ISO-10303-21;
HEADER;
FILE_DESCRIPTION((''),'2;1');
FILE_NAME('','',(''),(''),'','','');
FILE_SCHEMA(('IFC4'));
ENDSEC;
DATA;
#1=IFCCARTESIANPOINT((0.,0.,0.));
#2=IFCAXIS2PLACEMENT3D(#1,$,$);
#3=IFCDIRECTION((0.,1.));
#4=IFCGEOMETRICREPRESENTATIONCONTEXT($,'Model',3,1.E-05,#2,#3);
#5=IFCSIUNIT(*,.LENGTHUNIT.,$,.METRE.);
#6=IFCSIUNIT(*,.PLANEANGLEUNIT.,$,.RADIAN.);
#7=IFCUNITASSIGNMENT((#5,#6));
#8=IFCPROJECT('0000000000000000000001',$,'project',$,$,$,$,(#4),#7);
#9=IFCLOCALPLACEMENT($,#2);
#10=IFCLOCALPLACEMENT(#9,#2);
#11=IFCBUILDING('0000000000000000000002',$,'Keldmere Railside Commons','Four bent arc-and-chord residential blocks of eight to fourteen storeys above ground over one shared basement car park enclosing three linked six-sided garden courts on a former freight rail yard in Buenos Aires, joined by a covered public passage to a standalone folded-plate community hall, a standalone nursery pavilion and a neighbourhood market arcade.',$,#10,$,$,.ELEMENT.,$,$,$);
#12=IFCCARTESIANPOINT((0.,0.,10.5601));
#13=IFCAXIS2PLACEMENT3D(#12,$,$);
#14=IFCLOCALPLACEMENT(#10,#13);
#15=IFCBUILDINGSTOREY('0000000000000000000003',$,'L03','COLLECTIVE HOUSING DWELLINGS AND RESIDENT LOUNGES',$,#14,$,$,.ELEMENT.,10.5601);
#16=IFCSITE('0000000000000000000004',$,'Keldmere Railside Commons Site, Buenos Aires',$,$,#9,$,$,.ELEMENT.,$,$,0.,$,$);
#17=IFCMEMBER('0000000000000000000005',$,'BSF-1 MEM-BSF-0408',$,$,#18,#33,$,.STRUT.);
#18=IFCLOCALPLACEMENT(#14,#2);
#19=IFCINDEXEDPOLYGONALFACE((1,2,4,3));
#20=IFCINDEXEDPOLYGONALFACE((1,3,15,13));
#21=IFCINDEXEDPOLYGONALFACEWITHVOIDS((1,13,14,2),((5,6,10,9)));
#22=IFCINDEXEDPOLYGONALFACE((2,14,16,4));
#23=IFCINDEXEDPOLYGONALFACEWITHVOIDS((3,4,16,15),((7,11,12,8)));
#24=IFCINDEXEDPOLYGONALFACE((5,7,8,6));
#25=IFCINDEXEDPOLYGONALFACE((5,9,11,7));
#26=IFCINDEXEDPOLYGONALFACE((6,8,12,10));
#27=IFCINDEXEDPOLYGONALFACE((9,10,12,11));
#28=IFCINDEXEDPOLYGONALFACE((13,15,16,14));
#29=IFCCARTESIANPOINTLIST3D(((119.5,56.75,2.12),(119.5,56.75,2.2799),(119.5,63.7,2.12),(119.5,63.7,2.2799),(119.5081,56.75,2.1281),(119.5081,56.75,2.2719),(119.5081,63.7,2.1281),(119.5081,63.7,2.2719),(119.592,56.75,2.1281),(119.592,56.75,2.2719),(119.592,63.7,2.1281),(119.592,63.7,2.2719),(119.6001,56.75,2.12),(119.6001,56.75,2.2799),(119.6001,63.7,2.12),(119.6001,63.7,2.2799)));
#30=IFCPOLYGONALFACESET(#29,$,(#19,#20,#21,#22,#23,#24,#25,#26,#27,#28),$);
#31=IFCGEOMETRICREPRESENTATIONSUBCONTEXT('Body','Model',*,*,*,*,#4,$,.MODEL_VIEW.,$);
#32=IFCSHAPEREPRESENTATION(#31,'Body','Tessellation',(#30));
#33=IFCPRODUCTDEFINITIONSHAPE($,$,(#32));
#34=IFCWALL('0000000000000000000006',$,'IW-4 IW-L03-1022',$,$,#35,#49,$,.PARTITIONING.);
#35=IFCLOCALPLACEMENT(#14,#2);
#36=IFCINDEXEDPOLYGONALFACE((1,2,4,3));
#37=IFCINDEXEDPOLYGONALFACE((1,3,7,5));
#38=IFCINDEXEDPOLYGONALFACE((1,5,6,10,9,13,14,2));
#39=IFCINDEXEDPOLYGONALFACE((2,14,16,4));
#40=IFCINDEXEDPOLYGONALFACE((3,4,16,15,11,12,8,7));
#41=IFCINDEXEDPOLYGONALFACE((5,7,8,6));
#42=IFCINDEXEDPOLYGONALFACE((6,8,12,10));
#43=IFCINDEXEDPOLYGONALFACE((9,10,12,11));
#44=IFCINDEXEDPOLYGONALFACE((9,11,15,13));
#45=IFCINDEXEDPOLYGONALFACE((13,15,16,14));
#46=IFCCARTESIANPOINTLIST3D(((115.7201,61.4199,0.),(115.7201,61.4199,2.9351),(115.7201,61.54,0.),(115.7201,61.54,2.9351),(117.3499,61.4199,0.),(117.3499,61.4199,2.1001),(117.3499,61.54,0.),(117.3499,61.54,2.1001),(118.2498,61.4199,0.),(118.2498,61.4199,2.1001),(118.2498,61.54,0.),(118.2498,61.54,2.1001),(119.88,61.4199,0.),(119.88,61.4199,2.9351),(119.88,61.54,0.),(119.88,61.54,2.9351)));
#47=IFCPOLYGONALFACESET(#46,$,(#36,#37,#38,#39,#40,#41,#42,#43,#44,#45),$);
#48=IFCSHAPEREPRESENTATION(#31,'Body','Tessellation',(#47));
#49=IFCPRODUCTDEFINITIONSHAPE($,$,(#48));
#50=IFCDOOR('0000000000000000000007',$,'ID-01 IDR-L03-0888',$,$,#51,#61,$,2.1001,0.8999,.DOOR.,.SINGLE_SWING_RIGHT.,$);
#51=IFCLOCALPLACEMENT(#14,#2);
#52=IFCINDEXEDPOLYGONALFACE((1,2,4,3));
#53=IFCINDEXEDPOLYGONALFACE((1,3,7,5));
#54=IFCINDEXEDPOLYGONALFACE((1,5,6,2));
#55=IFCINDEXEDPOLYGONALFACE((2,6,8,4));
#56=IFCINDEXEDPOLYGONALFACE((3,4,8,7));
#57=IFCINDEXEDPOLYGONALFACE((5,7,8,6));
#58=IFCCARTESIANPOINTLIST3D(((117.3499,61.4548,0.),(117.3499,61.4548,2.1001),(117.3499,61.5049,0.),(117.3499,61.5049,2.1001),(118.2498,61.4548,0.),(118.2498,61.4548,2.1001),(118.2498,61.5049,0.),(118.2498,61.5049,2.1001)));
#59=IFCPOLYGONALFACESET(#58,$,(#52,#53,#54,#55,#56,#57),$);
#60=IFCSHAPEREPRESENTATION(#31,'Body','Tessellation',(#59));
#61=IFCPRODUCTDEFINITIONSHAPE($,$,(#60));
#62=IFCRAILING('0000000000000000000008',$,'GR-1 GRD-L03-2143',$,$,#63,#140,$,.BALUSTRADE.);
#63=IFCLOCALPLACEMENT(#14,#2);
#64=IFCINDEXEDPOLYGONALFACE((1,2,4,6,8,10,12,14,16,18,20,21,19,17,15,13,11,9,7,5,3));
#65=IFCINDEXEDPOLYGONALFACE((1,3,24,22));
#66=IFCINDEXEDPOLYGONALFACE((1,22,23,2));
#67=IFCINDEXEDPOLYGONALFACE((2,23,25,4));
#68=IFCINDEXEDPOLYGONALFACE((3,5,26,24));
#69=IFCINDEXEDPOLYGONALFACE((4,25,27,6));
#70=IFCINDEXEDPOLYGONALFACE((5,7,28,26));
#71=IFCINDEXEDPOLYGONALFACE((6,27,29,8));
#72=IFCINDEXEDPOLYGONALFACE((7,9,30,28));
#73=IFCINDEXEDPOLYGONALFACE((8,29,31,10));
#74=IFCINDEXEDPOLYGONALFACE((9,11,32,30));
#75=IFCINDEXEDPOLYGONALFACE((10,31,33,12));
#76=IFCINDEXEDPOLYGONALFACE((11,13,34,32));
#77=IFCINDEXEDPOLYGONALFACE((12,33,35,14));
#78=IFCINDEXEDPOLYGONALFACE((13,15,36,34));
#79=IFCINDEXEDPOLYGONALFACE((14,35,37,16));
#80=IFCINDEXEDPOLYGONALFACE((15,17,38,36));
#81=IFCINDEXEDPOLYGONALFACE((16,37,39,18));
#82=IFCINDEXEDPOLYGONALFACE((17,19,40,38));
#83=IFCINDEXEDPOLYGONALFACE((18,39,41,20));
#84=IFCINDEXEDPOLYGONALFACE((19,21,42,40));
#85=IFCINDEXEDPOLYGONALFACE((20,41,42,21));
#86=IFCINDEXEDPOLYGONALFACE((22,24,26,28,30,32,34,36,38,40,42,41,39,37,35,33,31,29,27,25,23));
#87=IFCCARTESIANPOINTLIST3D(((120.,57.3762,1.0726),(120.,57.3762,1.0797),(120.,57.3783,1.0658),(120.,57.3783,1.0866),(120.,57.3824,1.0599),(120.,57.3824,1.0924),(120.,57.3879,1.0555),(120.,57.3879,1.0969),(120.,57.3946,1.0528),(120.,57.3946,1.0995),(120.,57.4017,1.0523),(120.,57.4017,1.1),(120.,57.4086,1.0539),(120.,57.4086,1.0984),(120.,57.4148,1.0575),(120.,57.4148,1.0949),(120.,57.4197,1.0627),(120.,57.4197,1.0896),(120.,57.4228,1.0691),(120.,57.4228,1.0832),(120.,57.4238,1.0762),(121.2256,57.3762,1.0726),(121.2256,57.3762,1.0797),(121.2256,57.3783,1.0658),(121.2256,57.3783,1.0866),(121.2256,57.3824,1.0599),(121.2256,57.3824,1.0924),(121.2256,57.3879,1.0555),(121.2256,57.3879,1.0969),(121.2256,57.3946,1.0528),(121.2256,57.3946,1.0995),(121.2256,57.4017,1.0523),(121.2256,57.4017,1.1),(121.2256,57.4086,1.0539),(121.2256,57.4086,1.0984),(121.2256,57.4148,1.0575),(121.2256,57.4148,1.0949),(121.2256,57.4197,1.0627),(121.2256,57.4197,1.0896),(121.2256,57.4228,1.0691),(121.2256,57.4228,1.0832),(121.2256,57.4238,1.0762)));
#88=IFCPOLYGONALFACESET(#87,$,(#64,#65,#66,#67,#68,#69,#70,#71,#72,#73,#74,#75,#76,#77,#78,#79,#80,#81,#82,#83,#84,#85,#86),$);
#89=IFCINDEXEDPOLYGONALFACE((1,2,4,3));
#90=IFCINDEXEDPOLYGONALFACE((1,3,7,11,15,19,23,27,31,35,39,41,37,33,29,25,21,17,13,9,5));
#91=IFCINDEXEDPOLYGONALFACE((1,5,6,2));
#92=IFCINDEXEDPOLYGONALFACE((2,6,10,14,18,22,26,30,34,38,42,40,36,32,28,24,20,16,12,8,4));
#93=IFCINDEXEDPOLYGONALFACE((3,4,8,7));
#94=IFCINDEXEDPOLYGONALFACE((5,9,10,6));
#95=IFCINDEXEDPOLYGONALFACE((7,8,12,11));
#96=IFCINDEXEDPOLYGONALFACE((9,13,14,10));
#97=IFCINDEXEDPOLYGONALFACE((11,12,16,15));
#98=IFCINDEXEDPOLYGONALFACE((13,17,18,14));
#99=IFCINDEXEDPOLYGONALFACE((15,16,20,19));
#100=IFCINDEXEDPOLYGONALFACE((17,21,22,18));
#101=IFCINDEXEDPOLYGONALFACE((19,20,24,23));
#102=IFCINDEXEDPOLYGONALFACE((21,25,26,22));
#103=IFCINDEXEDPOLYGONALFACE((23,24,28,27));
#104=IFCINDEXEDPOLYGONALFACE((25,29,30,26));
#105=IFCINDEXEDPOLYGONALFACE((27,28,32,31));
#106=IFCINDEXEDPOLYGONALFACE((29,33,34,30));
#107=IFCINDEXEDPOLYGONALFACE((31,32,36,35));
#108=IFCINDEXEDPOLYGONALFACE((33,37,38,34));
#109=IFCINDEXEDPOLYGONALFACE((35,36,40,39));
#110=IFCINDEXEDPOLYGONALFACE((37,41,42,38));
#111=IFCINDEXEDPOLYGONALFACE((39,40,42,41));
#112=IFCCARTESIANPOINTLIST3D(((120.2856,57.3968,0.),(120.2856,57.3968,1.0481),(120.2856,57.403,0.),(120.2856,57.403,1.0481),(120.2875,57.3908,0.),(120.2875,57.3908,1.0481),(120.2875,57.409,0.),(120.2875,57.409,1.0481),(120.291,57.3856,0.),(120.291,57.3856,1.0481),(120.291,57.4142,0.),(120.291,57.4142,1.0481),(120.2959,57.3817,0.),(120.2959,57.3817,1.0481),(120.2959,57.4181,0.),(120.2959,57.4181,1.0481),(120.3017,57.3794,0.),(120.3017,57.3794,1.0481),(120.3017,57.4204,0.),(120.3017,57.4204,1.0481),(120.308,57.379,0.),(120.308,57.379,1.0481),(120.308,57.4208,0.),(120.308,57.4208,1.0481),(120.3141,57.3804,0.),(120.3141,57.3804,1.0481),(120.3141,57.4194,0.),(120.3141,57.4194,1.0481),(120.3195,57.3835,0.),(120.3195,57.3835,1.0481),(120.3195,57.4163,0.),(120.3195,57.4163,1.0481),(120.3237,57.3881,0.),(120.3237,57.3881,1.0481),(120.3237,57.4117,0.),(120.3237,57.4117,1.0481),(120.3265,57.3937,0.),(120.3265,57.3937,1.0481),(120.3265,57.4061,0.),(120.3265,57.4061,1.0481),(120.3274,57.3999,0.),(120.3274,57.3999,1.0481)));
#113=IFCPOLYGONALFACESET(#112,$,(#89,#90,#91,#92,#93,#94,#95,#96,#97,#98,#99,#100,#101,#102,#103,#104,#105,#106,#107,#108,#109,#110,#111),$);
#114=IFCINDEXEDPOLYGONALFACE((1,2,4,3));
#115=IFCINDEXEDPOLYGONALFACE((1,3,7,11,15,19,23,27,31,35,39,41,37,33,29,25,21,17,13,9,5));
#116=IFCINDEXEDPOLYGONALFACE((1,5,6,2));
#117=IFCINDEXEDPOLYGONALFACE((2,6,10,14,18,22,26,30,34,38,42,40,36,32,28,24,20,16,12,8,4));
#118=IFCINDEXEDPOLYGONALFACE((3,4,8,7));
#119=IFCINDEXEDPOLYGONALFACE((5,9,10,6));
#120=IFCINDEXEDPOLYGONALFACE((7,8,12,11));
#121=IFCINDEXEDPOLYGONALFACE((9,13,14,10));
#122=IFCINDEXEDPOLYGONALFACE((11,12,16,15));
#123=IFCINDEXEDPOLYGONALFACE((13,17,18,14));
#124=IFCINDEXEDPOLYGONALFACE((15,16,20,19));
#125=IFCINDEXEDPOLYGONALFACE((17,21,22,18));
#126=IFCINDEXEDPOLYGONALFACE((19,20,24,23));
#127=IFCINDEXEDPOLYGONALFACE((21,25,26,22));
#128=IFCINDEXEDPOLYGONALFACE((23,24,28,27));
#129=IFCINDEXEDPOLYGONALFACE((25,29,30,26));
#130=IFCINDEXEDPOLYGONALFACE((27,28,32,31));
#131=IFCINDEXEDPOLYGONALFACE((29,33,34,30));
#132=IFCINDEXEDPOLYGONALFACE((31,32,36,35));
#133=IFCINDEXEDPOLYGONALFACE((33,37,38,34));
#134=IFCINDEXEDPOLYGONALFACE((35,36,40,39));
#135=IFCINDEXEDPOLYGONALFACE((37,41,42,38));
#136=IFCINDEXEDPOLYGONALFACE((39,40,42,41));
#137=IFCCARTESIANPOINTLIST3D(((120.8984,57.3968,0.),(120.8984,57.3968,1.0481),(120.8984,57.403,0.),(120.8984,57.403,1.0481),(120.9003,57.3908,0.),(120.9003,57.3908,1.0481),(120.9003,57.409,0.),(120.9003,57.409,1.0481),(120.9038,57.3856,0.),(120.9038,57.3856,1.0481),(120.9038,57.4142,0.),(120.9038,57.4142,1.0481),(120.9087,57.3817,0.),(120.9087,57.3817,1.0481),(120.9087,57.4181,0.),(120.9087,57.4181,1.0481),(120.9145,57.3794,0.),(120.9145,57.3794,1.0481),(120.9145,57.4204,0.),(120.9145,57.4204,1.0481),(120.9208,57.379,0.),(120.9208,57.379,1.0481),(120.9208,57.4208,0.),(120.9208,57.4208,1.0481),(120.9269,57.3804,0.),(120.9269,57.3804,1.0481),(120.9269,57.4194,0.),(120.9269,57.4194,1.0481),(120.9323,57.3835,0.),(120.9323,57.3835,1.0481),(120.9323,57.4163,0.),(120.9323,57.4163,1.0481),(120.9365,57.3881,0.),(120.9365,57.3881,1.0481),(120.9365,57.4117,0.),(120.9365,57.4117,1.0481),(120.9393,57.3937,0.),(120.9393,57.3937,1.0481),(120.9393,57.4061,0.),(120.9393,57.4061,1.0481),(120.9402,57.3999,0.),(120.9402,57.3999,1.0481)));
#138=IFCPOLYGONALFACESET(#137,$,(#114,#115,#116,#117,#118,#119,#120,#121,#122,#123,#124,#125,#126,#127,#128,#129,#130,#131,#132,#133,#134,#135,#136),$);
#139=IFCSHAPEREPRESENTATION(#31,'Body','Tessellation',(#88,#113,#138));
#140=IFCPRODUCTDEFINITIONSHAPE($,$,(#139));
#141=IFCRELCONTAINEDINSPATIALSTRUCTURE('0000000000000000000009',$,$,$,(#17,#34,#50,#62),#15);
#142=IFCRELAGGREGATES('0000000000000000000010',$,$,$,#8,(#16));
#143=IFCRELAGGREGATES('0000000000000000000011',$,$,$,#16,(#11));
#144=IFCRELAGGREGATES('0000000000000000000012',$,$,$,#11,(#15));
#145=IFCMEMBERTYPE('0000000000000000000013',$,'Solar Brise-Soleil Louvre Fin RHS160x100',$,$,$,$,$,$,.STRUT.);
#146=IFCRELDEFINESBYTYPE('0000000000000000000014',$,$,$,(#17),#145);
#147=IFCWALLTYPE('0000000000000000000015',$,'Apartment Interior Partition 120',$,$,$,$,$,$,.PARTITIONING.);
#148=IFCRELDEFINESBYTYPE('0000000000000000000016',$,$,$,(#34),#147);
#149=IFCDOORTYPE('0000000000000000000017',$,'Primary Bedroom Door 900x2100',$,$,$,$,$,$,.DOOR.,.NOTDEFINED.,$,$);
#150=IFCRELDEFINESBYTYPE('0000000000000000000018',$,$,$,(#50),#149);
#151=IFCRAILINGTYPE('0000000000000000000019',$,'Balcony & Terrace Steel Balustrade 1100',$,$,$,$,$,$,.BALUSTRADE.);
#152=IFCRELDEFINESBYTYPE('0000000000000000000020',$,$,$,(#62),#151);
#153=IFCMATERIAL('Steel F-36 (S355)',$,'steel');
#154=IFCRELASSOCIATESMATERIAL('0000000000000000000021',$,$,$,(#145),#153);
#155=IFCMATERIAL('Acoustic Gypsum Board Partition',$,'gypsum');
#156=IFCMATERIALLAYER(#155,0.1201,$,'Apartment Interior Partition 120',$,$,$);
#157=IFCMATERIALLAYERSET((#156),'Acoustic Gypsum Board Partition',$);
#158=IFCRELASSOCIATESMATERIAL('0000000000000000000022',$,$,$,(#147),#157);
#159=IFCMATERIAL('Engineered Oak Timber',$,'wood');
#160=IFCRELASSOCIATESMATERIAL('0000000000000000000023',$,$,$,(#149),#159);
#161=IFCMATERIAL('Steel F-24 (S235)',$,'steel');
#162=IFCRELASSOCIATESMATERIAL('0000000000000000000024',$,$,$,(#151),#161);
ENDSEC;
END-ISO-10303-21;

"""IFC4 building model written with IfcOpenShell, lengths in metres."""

from ifc_helpers import new_model, si_unit, direction, frame, frame_2d, origin, origin_2d, place, context, subcontext, project, spatial, rectangle, hollow_rectangle, circle, extrude, material, layer, layer_set, material_profile, profile_set, type_object, element, fill, save


model = new_model("IFC4")

# Units and contexts
model_context = context("Model", 3, precision=1e-05, world=origin(), true_north=direction((0.0, 1.0)))
body_context = subcontext(model_context, "Body", "Model", "MODEL_VIEW")
ifc_project = project(units=[si_unit("LENGTHUNIT", "METRE"), si_unit("PLANEANGLEUNIT", "RADIAN")], contexts=[model_context])

# Site, building, storey
site_placement = place(None, origin())
site = spatial("IfcSite", under=ifc_project, at=site_placement, Name="Keldmere Railside Commons Site, Buenos Aires", CompositionType="ELEMENT", RefElevation=0.0)
building_placement = place(site_placement, origin())
building = spatial("IfcBuilding", under=site, at=building_placement, Name="Keldmere Railside Commons", Description="Four bent arc-and-chord residential blocks of eight to fourteen storeys above ground over one shared basement car park enclosing three linked six-sided garden courts on a former freight rail yard in Buenos Aires, joined by a covered public passage to a standalone folded-plate community hall, a standalone nursery pavilion and a neighbourhood market arcade.", CompositionType="ELEMENT")
storey_placement = place(building_placement, frame((0.0, 0.0, 10.5601)))
storey = spatial("IfcBuildingStorey", under=building, at=storey_placement, Name="L03", Description="COLLECTIVE HOUSING DWELLINGS AND RESIDENT LOUNGES", CompositionType="ELEMENT", Elevation=10.5601)

# Shared definitions
ifc_material_1 = material(Name="Steel F-36 (S355)", Category="steel")

# Member
ifc_material_profile_1 = material_profile(ifc_material_1, hollow_rectangle(XDim=0.1001, YDim=0.1599, WallThickness=0.0081, at=origin_2d()), Name="RHS-160x100x8")
ifc_profile_set_1 = profile_set([ifc_material_profile_1], Name="Steel F-36 (S355)")
member_type_1 = type_object("IfcMemberType", Name="Solar Brise-Soleil Louvre Fin RHS160x100", PredefinedType="STRUT", material=ifc_profile_set_1)
for number, where, z_axis, x_axis, name in (
    (1, (119.55, 56.75, 2.2), (0.0, 1.0, 0.0), (-1.0, 0.0, 0.0), "BSF-1 MEM-BSF-0408"),
):
    element("IfcMember", number, at=place(storey_placement, frame(where, z_axis=z_axis, x_axis=x_axis)), inside=storey, type_object=member_type_1, Name=name, PredefinedType="STRUT", context=body_context, shape_type="SweptSolid", body=[
        extrude(hollow_rectangle(XDim=0.1001, YDim=0.1599, WallThickness=0.0081, at=origin_2d()), origin(), (0.0, 0.0, 1.0), 6.95),
    ])

# Wall, opening, door
ifc_material_2 = material(Name="Acoustic Gypsum Board Partition", Category="gypsum")
ifc_layer = layer(ifc_material_2, 0.1201, Name="Apartment Interior Partition 120")
ifc_layer_set = layer_set([ifc_layer], Name="Acoustic Gypsum Board Partition")
wall_type = type_object("IfcWallType", Name="Apartment Interior Partition 120", PredefinedType="PARTITIONING", material=ifc_layer_set)
wall_placement = place(storey_placement, frame((115.72, 61.48, 0.0), z_axis=(0.0, 0.0, 1.0), x_axis=(1.0, 0.0, 0.0)))
wall = element("IfcWall", 2, at=wall_placement, inside=storey, type_object=wall_type, Name="IW-4 IW-L03-1022", PredefinedType="PARTITIONING", context=body_context, shape_type="SweptSolid", body=[
    extrude(rectangle(XDim=4.1599, YDim=0.1201, at=frame_2d((2.0801, 0.0))), origin(), (0.0, 0.0, 1.0), 2.9351),
])
opening_placement = place(wall_placement, frame((1.6299, 0.0, 0.0)))
opening = element("IfcOpeningElement", 3, at=opening_placement, cuts=wall, PredefinedType="OPENING", context=body_context, shape_type="SweptSolid", body=[
    extrude(rectangle(XDim=0.8999, YDim=2.1001, at=frame_2d((0.45, 1.05))), frame((0.0, 0.0701, 0.0), z_axis=(0.0, -1.0, 0.0), x_axis=(1.0, 0.0, 0.0)), (0.0, 0.0, 1.0), 0.1401),
])
ifc_material_3 = material(Name="Engineered Oak Timber", Category="wood")
door_type = type_object("IfcDoorType", Name="Primary Bedroom Door 900x2100", OperationType="NOTDEFINED", PredefinedType="DOOR", material=ifc_material_3)
door_placement = place(opening_placement, origin())
door = element("IfcDoor", 4, at=door_placement, inside=storey, type_object=door_type, Name="ID-01 IDR-L03-0888", OperationType="SINGLE_SWING_RIGHT", OverallHeight=2.1001, OverallWidth=0.8999, PredefinedType="DOOR", context=body_context, shape_type="SweptSolid", body=[
    extrude(rectangle(XDim=0.8999, YDim=2.1001, at=frame_2d((0.45, 1.05))), frame((0.0, 0.0249, 0.0), z_axis=(0.0, -1.0, 0.0), x_axis=(1.0, 0.0, 0.0)), (0.0, 0.0, 1.0), 0.05),
])
fill(opening, door)

# Railing
ifc_material_4 = material(Name="Steel F-24 (S235)", Category="steel")
railing_type = type_object("IfcRailingType", Name="Balcony & Terrace Steel Balustrade 1100", PredefinedType="BALUSTRADE", material=ifc_material_4)
railing_1_placement = place(storey_placement, frame((120.0, 57.3999, 0.0)))
element("IfcRailing", 5, at=railing_1_placement, inside=storey, type_object=railing_type, Name="GR-1 GRD-L03-2143", PredefinedType="BALUSTRADE", context=body_context, shape_type="SweptSolid", body=[
    extrude(circle(Radius=0.0239, at=origin_2d()), frame((0.0, 0.0, 1.0762), z_axis=(1.0, 0.0, 0.0), x_axis=(0.0, 1.0, 0.0)), (0.0, 0.0, 1.0), 1.2256),
    extrude(circle(Radius=0.021, at=origin_2d()), frame((0.3064, 0.0, 0.0)), (0.0, 0.0, 1.0), 1.0481),
    extrude(circle(Radius=0.021, at=origin_2d()), frame((0.9192, 0.0, 0.0)), (0.0, 0.0, 1.0), 1.0481),
])

save(model, "model.ifc")
